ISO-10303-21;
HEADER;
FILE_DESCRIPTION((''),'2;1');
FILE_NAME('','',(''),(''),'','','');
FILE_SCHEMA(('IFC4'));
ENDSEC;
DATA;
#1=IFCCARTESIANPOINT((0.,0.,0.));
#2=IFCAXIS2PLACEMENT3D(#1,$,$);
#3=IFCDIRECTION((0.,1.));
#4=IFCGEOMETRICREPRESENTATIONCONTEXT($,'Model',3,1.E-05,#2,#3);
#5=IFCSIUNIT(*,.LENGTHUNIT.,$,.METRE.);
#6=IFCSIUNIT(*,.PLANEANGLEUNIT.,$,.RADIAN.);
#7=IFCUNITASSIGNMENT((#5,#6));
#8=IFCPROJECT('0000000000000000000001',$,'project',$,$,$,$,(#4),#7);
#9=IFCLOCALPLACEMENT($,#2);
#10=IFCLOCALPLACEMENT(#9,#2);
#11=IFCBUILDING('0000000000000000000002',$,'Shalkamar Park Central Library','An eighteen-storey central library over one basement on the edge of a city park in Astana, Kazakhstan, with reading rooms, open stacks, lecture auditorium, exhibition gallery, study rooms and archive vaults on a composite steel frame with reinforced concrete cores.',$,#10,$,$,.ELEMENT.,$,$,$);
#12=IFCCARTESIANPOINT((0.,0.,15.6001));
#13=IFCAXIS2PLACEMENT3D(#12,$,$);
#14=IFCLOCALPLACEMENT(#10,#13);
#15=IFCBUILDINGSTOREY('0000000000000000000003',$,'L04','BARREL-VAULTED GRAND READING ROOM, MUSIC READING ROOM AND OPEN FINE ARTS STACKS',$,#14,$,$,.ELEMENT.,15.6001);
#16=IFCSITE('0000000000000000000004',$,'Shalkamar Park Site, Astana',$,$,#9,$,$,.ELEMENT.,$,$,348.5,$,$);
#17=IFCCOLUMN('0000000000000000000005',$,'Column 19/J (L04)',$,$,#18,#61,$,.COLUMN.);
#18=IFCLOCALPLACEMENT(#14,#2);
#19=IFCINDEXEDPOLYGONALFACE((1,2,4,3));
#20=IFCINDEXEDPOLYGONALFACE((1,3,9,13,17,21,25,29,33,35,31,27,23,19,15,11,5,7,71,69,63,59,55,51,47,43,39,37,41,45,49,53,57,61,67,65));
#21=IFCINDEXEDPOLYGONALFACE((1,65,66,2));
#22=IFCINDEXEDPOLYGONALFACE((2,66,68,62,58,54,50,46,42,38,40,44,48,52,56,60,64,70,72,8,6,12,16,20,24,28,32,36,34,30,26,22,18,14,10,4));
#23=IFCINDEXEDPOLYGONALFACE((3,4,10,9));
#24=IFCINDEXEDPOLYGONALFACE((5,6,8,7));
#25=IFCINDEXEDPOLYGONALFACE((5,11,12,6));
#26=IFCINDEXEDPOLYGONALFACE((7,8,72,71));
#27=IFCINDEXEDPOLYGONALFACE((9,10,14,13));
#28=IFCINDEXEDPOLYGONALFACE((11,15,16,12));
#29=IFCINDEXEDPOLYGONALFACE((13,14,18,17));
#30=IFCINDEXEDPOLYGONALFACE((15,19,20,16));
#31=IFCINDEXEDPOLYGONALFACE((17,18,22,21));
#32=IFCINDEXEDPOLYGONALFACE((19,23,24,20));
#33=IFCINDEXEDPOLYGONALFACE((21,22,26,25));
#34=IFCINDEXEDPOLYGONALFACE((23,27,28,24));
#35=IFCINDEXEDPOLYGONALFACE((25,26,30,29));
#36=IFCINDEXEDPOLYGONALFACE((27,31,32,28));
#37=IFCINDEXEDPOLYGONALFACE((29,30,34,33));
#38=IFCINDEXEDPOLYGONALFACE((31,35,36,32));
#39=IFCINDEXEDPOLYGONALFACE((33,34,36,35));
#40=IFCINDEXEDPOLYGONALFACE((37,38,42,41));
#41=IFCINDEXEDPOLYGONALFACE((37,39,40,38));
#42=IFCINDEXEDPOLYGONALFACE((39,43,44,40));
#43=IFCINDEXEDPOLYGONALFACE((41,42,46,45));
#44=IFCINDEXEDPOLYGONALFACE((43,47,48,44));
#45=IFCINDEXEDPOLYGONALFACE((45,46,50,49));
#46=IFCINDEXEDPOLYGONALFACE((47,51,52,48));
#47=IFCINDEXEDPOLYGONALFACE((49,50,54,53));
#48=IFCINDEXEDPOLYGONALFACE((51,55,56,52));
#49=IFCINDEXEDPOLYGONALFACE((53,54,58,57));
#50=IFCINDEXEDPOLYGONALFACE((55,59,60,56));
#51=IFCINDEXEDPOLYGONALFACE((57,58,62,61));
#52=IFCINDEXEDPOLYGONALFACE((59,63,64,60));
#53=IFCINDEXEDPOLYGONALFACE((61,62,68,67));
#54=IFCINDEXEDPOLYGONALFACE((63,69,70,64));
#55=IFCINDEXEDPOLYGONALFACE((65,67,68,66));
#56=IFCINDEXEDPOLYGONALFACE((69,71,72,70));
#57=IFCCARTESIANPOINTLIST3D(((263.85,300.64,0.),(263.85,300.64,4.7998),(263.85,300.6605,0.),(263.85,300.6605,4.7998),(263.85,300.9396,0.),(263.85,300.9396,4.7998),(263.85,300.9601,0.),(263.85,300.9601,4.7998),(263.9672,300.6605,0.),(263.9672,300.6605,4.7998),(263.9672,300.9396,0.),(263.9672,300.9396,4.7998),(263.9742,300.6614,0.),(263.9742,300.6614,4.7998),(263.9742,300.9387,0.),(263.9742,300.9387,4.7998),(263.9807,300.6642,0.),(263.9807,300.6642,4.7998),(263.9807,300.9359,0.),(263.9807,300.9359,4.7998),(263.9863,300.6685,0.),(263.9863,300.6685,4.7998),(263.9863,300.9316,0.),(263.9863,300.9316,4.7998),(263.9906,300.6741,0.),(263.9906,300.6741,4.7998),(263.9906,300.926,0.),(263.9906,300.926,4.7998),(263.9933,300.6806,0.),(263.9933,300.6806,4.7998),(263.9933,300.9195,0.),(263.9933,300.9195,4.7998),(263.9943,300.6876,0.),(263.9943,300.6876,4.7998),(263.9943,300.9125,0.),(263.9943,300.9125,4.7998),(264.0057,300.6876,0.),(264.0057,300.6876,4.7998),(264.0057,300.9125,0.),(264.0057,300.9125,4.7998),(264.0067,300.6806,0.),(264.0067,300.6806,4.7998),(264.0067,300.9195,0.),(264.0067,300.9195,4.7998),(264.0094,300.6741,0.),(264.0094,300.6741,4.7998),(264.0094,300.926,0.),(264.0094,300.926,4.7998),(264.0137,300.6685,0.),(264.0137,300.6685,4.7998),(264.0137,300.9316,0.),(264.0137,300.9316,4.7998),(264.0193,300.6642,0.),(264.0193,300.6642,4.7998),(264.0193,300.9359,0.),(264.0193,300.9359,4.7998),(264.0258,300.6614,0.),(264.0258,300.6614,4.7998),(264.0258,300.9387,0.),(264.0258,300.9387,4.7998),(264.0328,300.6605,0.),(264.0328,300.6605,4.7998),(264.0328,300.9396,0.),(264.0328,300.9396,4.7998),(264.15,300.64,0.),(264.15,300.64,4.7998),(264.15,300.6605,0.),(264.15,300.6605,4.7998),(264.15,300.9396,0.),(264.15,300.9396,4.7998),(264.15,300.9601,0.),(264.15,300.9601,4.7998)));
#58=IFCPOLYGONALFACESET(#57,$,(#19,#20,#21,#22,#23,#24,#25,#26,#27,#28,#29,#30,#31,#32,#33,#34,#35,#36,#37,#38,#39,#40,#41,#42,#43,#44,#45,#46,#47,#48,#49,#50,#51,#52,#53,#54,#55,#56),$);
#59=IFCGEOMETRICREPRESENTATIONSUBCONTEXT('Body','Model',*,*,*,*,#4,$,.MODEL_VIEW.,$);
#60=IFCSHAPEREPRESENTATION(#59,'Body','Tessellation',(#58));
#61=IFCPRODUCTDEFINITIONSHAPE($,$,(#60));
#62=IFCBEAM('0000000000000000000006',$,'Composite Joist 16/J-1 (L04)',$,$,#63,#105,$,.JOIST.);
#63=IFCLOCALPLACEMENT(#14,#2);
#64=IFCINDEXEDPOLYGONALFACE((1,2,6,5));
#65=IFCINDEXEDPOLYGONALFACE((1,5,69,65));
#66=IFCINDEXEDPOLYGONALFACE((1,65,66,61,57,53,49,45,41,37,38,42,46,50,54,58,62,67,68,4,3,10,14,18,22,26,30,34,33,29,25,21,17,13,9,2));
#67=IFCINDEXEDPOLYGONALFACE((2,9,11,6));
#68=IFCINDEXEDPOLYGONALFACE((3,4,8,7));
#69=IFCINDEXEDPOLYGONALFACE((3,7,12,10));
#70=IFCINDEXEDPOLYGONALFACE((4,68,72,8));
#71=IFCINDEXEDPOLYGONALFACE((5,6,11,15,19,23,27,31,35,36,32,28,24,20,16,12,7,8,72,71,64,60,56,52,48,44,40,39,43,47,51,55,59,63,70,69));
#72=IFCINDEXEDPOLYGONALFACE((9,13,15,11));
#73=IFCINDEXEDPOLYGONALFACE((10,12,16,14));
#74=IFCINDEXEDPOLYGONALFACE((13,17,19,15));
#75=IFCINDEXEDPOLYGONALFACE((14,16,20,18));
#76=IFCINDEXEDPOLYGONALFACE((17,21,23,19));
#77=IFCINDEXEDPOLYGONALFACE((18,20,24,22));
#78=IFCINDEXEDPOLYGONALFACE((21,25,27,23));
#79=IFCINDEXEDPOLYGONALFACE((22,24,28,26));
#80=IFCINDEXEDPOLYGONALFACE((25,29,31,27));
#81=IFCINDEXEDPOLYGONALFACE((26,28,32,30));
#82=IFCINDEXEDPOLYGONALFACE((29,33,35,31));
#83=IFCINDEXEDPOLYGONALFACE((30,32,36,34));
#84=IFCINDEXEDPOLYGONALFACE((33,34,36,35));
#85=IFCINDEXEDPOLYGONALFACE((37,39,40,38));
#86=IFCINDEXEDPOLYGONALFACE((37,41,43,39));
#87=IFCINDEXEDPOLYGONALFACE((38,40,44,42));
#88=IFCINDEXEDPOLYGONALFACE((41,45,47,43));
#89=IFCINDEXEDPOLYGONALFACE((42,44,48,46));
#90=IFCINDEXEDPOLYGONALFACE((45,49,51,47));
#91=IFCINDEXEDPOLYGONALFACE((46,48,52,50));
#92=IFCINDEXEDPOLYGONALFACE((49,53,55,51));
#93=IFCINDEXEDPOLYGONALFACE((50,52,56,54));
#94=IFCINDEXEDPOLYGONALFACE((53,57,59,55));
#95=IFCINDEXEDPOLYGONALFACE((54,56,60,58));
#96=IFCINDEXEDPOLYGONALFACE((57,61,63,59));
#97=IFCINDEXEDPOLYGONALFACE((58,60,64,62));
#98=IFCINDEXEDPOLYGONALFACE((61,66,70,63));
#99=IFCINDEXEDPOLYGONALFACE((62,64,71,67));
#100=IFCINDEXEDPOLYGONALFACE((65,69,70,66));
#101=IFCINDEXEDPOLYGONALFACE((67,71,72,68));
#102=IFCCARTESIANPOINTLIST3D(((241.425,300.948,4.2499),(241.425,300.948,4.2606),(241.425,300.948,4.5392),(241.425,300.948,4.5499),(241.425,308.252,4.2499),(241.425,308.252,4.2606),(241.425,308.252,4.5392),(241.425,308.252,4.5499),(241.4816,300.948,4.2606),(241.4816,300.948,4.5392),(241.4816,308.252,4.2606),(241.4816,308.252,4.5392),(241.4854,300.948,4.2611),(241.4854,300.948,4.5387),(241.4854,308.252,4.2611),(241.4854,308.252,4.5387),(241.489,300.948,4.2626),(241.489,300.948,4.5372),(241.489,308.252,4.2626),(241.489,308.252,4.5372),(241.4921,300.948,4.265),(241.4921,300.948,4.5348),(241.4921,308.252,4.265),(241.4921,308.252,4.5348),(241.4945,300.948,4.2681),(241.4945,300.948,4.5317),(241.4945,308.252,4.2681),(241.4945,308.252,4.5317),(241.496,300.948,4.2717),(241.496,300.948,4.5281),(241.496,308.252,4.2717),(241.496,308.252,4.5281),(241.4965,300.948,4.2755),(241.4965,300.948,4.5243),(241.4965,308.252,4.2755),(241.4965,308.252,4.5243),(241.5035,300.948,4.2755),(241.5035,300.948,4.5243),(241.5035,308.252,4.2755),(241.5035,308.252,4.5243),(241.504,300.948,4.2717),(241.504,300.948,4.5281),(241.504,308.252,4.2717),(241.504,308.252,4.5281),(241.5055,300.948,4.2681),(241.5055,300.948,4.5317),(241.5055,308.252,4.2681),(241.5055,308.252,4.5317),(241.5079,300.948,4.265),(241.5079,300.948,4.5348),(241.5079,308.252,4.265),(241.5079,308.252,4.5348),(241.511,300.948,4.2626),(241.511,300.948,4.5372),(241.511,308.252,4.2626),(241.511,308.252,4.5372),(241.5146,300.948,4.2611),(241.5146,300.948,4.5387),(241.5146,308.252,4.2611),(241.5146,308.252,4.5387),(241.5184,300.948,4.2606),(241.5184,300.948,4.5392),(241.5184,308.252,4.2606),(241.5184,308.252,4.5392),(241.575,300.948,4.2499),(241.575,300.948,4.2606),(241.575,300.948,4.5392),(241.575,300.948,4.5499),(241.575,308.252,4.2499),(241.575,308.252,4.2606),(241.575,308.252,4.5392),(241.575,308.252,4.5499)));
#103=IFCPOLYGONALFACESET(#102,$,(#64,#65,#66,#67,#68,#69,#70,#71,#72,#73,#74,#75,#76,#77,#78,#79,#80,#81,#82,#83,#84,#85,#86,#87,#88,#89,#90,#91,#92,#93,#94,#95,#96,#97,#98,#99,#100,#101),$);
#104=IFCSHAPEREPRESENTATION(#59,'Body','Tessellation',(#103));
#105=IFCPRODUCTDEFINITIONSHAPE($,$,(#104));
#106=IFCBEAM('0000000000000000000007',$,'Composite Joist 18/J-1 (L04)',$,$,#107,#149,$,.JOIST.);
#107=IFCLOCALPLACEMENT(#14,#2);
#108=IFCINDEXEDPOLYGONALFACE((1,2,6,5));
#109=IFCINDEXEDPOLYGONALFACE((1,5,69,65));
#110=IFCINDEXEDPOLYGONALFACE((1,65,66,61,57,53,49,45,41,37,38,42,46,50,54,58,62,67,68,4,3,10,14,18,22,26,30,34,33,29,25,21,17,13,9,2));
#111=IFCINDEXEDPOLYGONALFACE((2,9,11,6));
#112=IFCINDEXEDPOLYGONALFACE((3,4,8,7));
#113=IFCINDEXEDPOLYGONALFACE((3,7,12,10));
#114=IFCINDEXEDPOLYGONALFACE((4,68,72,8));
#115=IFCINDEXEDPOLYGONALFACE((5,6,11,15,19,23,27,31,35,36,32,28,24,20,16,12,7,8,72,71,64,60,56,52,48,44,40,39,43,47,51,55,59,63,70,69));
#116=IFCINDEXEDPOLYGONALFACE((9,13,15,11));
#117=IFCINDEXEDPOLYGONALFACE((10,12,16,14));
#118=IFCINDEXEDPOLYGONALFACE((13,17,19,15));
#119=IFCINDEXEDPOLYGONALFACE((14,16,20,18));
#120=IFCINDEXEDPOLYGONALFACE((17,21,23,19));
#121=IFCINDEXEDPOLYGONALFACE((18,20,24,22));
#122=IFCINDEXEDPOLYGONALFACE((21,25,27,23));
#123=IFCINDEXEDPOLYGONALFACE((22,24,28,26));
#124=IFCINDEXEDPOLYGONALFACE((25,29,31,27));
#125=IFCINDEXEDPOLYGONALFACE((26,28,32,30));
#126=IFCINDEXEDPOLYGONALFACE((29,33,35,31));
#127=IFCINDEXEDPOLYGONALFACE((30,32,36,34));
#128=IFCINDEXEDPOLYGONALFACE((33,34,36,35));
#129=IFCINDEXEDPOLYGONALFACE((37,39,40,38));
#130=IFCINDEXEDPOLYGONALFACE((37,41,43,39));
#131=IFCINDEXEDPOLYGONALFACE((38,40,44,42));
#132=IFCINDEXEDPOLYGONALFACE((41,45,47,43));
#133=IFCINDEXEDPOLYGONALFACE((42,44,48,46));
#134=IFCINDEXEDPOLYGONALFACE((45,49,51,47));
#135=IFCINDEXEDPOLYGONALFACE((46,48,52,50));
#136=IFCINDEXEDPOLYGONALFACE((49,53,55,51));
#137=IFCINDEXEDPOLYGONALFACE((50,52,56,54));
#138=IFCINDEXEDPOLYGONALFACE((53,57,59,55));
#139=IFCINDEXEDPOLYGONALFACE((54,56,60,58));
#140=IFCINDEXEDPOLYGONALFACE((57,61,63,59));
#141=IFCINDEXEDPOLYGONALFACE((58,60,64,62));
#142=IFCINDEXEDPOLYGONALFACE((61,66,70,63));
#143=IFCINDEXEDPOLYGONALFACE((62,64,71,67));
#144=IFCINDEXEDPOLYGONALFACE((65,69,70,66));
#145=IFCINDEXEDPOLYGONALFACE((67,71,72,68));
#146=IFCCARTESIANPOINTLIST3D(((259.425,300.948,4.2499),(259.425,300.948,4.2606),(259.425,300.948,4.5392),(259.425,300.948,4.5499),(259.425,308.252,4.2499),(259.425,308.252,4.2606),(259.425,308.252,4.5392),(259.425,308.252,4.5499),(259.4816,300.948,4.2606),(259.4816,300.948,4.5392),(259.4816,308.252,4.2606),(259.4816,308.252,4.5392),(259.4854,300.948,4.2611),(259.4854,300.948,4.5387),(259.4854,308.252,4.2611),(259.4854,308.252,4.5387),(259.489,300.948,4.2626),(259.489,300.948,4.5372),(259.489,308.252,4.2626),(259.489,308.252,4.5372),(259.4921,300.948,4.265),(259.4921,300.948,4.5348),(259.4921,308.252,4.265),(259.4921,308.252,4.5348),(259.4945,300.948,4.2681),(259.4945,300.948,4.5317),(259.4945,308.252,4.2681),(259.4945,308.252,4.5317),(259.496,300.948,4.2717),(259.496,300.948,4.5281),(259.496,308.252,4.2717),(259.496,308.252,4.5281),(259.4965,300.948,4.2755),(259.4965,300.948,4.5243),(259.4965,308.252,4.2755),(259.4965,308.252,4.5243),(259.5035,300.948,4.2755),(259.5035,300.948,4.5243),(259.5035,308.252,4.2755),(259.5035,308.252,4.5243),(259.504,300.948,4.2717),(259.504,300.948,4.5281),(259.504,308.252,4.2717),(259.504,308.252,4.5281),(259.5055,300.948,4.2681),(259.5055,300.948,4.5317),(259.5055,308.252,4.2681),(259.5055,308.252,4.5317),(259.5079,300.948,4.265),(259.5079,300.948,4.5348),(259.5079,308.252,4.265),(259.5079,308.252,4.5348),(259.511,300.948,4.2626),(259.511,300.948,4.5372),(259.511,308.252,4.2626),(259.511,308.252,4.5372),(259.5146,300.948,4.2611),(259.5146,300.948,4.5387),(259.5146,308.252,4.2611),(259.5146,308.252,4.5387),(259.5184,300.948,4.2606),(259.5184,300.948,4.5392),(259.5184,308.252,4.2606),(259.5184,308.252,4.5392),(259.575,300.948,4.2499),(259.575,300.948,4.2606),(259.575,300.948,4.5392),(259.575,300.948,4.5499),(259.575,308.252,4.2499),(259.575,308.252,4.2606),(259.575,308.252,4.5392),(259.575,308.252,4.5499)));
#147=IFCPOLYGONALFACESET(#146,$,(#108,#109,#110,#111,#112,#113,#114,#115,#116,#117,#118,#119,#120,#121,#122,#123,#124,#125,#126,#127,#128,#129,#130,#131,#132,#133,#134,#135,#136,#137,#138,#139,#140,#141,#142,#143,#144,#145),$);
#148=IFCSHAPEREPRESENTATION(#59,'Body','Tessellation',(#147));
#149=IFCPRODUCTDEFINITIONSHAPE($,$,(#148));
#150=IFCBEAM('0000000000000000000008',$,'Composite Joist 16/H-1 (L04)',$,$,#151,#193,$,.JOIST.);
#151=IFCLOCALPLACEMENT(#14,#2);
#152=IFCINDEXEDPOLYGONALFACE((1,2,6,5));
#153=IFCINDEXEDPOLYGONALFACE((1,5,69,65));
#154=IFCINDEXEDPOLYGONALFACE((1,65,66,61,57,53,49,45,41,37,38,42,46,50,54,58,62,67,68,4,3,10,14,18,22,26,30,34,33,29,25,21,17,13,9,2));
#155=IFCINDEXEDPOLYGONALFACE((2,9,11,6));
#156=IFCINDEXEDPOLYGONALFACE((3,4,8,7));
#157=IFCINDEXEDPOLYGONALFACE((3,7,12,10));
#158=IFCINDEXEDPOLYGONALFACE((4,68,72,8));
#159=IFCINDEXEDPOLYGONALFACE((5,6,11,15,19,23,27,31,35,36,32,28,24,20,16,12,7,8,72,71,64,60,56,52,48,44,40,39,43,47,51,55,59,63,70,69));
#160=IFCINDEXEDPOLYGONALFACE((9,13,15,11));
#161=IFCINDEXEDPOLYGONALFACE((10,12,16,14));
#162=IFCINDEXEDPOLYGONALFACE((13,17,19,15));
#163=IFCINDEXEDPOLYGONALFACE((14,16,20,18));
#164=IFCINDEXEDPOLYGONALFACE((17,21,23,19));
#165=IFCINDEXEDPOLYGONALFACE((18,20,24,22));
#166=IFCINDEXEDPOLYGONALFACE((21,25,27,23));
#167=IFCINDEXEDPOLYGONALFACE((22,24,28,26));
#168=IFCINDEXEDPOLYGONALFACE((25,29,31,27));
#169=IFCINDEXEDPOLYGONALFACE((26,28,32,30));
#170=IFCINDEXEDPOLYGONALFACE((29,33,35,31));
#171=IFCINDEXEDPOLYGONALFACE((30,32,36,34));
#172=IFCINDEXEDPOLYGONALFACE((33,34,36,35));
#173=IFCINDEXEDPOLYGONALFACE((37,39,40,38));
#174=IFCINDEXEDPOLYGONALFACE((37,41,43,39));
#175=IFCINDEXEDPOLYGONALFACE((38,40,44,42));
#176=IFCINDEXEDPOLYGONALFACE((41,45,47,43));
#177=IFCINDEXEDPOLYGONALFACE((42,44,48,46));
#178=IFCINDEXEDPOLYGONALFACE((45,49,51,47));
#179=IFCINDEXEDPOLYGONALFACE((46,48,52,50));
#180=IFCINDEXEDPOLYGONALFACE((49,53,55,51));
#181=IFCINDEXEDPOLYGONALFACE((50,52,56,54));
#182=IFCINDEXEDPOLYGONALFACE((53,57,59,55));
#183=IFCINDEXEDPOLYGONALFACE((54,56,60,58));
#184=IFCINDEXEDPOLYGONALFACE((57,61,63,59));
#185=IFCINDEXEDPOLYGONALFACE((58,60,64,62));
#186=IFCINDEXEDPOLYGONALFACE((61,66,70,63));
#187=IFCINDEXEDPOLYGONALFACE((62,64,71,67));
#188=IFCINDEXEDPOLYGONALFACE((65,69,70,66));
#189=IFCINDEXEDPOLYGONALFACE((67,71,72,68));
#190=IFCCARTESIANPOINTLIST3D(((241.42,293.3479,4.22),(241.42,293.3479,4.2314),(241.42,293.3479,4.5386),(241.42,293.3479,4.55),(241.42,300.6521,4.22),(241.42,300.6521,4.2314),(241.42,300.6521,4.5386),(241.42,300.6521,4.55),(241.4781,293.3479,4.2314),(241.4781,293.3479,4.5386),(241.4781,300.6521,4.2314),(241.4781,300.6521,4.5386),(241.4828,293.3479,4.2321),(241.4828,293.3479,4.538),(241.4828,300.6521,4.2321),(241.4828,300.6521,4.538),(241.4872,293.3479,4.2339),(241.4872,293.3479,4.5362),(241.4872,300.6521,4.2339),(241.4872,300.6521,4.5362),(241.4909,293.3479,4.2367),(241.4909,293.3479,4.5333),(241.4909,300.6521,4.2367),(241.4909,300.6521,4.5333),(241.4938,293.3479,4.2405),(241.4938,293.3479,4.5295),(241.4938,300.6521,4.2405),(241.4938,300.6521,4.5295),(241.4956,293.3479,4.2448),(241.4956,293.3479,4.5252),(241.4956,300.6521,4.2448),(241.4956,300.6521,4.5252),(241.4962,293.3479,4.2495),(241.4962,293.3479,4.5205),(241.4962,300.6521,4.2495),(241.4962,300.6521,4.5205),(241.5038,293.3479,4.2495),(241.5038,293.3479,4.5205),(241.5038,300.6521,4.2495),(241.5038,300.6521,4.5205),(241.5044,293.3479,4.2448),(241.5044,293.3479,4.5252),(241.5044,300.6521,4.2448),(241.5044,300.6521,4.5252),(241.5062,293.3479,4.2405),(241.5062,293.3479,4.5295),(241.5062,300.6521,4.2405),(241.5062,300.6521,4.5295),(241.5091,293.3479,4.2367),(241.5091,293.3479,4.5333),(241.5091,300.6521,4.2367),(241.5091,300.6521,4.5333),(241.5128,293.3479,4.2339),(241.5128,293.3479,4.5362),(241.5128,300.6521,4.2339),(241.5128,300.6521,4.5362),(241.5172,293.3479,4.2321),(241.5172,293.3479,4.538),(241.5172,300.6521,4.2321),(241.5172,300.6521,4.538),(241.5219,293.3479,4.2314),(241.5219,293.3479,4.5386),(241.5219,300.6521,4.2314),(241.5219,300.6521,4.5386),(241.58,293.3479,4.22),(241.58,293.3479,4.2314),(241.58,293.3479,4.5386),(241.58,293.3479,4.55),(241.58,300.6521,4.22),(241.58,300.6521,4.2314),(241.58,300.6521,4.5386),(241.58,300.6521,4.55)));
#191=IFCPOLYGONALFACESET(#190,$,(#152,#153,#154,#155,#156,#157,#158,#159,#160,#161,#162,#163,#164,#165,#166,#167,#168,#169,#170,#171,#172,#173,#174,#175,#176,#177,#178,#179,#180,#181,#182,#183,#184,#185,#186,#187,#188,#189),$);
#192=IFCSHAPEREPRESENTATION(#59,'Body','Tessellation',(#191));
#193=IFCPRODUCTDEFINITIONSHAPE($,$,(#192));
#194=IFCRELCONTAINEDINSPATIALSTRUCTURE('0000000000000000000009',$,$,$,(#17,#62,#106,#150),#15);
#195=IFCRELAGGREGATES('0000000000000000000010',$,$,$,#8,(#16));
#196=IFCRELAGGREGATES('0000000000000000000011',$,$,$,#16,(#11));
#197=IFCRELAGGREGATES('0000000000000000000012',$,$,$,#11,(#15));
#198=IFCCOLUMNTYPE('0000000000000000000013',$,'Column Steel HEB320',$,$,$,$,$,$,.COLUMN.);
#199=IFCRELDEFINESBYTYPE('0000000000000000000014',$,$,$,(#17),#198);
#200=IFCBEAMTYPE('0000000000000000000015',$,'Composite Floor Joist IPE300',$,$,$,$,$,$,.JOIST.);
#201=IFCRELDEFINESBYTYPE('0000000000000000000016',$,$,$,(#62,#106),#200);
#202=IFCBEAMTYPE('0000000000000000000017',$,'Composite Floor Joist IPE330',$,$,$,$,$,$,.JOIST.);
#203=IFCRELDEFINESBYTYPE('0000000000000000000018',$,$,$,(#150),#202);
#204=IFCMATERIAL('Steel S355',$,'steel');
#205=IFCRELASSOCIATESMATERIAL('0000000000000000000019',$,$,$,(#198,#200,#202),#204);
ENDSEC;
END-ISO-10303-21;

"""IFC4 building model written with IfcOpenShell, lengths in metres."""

from ifc_helpers import new_model, si_unit, direction, frame, origin, origin_2d, place, context, subcontext, project, spatial, i_section, extrude, material, material_profile, profile_set, type_object, element, save


model = new_model("IFC4")

# Units and contexts
model_context = context("Model", 3, precision=1e-05, world=origin(), true_north=direction((0.0, 1.0)))
body_context = subcontext(model_context, "Body", "Model", "MODEL_VIEW")
ifc_project = project(units=[si_unit("LENGTHUNIT", "METRE"), si_unit("PLANEANGLEUNIT", "RADIAN")], contexts=[model_context])

# Site, building, storey
site_placement = place(None, origin())
site = spatial("IfcSite", under=ifc_project, at=site_placement, Name="Shalkamar Park Site, Astana", CompositionType="ELEMENT", RefElevation=348.5)
building_placement = place(site_placement, origin())
building = spatial("IfcBuilding", under=site, at=building_placement, Name="Shalkamar Park Central Library", Description="An eighteen-storey central library over one basement on the edge of a city park in Astana, Kazakhstan, with reading rooms, open stacks, lecture auditorium, exhibition gallery, study rooms and archive vaults on a composite steel frame with reinforced concrete cores.", CompositionType="ELEMENT")
storey_placement = place(building_placement, frame((0.0, 0.0, 15.6001)))
storey = spatial("IfcBuildingStorey", under=building, at=storey_placement, Name="L04", Description="BARREL-VAULTED GRAND READING ROOM, MUSIC READING ROOM AND OPEN FINE ARTS STACKS", CompositionType="ELEMENT", Elevation=15.6001)

# Column
ifc_material_1 = material(Name="Steel S355", Category="steel")
ifc_material_profile_1 = material_profile(ifc_material_1, i_section(OverallWidth=0.3, OverallDepth=0.3201, WebThickness=0.0115, FlangeThickness=0.0205, FilletRadius=0.0271, at=origin_2d()), Name="HEB 320")
ifc_profile_set_1 = profile_set([ifc_material_profile_1], Name="Steel S355")
column_type_1 = type_object("IfcColumnType", Name="Column Steel HEB320", PredefinedType="COLUMN", material=ifc_profile_set_1)
for number, where, z_axis, x_axis, name in (
    (1, (264.0, 300.8, 0.0), (0.0, 0.0, 1.0), (1.0, 0.0, 0.0), "Column 19/J (L04)"),
):
    element("IfcColumn", number, at=place(storey_placement, frame(where, z_axis=z_axis, x_axis=x_axis)), inside=storey, type_object=column_type_1, Name=name, PredefinedType="COLUMN", context=body_context, shape_type="SweptSolid", body=[
        extrude(i_section(OverallWidth=0.3, OverallDepth=0.3201, WebThickness=0.0115, FlangeThickness=0.0205, FilletRadius=0.0271, at=origin_2d()), origin(), (0.0, 0.0, 1.0), 4.7998),
    ])

# Beams
ifc_material_profile_2 = material_profile(ifc_material_1, i_section(OverallWidth=0.1499, OverallDepth=0.3, WebThickness=0.0071, FlangeThickness=0.0107, FilletRadius=0.0149, at=origin_2d()), Name="IPE 300")
ifc_profile_set_2 = profile_set([ifc_material_profile_2], Name="Steel S355")
beam_type_1 = type_object("IfcBeamType", Name="Composite Floor Joist IPE300", PredefinedType="JOIST", material=ifc_profile_set_2)
for number, where, z_axis, x_axis, name in (
    (2, (241.5, 300.948, 4.3999), (0.0, 1.0, 0.0), (-1.0, 0.0, 0.0), "Composite Joist 16/J-1 (L04)"),
    (3, (259.5, 300.948, 4.3999), (0.0, 1.0, 0.0), (-1.0, 0.0, 0.0), "Composite Joist 18/J-1 (L04)"),
):
    element("IfcBeam", number, at=place(storey_placement, frame(where, z_axis=z_axis, x_axis=x_axis)), inside=storey, type_object=beam_type_1, Name=name, PredefinedType="JOIST", context=body_context, shape_type="SweptSolid", body=[
        extrude(i_section(OverallWidth=0.1499, OverallDepth=0.3, WebThickness=0.0071, FlangeThickness=0.0107, FilletRadius=0.0149, at=origin_2d()), origin(), (0.0, 0.0, 1.0), 7.304),
    ])
ifc_material_profile_3 = material_profile(ifc_material_1, i_section(OverallWidth=0.1599, OverallDepth=0.3301, WebThickness=0.0076, FlangeThickness=0.0115, FilletRadius=0.0181, at=origin_2d()), Name="IPE 330")
ifc_profile_set_3 = profile_set([ifc_material_profile_3], Name="Steel S355")
beam_type_2 = type_object("IfcBeamType", Name="Composite Floor Joist IPE330", PredefinedType="JOIST", material=ifc_profile_set_3)
for number, where, z_axis, x_axis, name in (
    (4, (241.5, 293.3479, 4.385), (0.0, 1.0, 0.0), (-1.0, 0.0, 0.0), "Composite Joist 16/H-1 (L04)"),
):
    element("IfcBeam", number, at=place(storey_placement, frame(where, z_axis=z_axis, x_axis=x_axis)), inside=storey, type_object=beam_type_2, Name=name, PredefinedType="JOIST", context=body_context, shape_type="SweptSolid", body=[
        extrude(i_section(OverallWidth=0.1599, OverallDepth=0.3301, WebThickness=0.0076, FlangeThickness=0.0115, FilletRadius=0.0181, at=origin_2d()), origin(), (0.0, 0.0, 1.0), 7.3042),
    ])

save(model, "model.ifc")
